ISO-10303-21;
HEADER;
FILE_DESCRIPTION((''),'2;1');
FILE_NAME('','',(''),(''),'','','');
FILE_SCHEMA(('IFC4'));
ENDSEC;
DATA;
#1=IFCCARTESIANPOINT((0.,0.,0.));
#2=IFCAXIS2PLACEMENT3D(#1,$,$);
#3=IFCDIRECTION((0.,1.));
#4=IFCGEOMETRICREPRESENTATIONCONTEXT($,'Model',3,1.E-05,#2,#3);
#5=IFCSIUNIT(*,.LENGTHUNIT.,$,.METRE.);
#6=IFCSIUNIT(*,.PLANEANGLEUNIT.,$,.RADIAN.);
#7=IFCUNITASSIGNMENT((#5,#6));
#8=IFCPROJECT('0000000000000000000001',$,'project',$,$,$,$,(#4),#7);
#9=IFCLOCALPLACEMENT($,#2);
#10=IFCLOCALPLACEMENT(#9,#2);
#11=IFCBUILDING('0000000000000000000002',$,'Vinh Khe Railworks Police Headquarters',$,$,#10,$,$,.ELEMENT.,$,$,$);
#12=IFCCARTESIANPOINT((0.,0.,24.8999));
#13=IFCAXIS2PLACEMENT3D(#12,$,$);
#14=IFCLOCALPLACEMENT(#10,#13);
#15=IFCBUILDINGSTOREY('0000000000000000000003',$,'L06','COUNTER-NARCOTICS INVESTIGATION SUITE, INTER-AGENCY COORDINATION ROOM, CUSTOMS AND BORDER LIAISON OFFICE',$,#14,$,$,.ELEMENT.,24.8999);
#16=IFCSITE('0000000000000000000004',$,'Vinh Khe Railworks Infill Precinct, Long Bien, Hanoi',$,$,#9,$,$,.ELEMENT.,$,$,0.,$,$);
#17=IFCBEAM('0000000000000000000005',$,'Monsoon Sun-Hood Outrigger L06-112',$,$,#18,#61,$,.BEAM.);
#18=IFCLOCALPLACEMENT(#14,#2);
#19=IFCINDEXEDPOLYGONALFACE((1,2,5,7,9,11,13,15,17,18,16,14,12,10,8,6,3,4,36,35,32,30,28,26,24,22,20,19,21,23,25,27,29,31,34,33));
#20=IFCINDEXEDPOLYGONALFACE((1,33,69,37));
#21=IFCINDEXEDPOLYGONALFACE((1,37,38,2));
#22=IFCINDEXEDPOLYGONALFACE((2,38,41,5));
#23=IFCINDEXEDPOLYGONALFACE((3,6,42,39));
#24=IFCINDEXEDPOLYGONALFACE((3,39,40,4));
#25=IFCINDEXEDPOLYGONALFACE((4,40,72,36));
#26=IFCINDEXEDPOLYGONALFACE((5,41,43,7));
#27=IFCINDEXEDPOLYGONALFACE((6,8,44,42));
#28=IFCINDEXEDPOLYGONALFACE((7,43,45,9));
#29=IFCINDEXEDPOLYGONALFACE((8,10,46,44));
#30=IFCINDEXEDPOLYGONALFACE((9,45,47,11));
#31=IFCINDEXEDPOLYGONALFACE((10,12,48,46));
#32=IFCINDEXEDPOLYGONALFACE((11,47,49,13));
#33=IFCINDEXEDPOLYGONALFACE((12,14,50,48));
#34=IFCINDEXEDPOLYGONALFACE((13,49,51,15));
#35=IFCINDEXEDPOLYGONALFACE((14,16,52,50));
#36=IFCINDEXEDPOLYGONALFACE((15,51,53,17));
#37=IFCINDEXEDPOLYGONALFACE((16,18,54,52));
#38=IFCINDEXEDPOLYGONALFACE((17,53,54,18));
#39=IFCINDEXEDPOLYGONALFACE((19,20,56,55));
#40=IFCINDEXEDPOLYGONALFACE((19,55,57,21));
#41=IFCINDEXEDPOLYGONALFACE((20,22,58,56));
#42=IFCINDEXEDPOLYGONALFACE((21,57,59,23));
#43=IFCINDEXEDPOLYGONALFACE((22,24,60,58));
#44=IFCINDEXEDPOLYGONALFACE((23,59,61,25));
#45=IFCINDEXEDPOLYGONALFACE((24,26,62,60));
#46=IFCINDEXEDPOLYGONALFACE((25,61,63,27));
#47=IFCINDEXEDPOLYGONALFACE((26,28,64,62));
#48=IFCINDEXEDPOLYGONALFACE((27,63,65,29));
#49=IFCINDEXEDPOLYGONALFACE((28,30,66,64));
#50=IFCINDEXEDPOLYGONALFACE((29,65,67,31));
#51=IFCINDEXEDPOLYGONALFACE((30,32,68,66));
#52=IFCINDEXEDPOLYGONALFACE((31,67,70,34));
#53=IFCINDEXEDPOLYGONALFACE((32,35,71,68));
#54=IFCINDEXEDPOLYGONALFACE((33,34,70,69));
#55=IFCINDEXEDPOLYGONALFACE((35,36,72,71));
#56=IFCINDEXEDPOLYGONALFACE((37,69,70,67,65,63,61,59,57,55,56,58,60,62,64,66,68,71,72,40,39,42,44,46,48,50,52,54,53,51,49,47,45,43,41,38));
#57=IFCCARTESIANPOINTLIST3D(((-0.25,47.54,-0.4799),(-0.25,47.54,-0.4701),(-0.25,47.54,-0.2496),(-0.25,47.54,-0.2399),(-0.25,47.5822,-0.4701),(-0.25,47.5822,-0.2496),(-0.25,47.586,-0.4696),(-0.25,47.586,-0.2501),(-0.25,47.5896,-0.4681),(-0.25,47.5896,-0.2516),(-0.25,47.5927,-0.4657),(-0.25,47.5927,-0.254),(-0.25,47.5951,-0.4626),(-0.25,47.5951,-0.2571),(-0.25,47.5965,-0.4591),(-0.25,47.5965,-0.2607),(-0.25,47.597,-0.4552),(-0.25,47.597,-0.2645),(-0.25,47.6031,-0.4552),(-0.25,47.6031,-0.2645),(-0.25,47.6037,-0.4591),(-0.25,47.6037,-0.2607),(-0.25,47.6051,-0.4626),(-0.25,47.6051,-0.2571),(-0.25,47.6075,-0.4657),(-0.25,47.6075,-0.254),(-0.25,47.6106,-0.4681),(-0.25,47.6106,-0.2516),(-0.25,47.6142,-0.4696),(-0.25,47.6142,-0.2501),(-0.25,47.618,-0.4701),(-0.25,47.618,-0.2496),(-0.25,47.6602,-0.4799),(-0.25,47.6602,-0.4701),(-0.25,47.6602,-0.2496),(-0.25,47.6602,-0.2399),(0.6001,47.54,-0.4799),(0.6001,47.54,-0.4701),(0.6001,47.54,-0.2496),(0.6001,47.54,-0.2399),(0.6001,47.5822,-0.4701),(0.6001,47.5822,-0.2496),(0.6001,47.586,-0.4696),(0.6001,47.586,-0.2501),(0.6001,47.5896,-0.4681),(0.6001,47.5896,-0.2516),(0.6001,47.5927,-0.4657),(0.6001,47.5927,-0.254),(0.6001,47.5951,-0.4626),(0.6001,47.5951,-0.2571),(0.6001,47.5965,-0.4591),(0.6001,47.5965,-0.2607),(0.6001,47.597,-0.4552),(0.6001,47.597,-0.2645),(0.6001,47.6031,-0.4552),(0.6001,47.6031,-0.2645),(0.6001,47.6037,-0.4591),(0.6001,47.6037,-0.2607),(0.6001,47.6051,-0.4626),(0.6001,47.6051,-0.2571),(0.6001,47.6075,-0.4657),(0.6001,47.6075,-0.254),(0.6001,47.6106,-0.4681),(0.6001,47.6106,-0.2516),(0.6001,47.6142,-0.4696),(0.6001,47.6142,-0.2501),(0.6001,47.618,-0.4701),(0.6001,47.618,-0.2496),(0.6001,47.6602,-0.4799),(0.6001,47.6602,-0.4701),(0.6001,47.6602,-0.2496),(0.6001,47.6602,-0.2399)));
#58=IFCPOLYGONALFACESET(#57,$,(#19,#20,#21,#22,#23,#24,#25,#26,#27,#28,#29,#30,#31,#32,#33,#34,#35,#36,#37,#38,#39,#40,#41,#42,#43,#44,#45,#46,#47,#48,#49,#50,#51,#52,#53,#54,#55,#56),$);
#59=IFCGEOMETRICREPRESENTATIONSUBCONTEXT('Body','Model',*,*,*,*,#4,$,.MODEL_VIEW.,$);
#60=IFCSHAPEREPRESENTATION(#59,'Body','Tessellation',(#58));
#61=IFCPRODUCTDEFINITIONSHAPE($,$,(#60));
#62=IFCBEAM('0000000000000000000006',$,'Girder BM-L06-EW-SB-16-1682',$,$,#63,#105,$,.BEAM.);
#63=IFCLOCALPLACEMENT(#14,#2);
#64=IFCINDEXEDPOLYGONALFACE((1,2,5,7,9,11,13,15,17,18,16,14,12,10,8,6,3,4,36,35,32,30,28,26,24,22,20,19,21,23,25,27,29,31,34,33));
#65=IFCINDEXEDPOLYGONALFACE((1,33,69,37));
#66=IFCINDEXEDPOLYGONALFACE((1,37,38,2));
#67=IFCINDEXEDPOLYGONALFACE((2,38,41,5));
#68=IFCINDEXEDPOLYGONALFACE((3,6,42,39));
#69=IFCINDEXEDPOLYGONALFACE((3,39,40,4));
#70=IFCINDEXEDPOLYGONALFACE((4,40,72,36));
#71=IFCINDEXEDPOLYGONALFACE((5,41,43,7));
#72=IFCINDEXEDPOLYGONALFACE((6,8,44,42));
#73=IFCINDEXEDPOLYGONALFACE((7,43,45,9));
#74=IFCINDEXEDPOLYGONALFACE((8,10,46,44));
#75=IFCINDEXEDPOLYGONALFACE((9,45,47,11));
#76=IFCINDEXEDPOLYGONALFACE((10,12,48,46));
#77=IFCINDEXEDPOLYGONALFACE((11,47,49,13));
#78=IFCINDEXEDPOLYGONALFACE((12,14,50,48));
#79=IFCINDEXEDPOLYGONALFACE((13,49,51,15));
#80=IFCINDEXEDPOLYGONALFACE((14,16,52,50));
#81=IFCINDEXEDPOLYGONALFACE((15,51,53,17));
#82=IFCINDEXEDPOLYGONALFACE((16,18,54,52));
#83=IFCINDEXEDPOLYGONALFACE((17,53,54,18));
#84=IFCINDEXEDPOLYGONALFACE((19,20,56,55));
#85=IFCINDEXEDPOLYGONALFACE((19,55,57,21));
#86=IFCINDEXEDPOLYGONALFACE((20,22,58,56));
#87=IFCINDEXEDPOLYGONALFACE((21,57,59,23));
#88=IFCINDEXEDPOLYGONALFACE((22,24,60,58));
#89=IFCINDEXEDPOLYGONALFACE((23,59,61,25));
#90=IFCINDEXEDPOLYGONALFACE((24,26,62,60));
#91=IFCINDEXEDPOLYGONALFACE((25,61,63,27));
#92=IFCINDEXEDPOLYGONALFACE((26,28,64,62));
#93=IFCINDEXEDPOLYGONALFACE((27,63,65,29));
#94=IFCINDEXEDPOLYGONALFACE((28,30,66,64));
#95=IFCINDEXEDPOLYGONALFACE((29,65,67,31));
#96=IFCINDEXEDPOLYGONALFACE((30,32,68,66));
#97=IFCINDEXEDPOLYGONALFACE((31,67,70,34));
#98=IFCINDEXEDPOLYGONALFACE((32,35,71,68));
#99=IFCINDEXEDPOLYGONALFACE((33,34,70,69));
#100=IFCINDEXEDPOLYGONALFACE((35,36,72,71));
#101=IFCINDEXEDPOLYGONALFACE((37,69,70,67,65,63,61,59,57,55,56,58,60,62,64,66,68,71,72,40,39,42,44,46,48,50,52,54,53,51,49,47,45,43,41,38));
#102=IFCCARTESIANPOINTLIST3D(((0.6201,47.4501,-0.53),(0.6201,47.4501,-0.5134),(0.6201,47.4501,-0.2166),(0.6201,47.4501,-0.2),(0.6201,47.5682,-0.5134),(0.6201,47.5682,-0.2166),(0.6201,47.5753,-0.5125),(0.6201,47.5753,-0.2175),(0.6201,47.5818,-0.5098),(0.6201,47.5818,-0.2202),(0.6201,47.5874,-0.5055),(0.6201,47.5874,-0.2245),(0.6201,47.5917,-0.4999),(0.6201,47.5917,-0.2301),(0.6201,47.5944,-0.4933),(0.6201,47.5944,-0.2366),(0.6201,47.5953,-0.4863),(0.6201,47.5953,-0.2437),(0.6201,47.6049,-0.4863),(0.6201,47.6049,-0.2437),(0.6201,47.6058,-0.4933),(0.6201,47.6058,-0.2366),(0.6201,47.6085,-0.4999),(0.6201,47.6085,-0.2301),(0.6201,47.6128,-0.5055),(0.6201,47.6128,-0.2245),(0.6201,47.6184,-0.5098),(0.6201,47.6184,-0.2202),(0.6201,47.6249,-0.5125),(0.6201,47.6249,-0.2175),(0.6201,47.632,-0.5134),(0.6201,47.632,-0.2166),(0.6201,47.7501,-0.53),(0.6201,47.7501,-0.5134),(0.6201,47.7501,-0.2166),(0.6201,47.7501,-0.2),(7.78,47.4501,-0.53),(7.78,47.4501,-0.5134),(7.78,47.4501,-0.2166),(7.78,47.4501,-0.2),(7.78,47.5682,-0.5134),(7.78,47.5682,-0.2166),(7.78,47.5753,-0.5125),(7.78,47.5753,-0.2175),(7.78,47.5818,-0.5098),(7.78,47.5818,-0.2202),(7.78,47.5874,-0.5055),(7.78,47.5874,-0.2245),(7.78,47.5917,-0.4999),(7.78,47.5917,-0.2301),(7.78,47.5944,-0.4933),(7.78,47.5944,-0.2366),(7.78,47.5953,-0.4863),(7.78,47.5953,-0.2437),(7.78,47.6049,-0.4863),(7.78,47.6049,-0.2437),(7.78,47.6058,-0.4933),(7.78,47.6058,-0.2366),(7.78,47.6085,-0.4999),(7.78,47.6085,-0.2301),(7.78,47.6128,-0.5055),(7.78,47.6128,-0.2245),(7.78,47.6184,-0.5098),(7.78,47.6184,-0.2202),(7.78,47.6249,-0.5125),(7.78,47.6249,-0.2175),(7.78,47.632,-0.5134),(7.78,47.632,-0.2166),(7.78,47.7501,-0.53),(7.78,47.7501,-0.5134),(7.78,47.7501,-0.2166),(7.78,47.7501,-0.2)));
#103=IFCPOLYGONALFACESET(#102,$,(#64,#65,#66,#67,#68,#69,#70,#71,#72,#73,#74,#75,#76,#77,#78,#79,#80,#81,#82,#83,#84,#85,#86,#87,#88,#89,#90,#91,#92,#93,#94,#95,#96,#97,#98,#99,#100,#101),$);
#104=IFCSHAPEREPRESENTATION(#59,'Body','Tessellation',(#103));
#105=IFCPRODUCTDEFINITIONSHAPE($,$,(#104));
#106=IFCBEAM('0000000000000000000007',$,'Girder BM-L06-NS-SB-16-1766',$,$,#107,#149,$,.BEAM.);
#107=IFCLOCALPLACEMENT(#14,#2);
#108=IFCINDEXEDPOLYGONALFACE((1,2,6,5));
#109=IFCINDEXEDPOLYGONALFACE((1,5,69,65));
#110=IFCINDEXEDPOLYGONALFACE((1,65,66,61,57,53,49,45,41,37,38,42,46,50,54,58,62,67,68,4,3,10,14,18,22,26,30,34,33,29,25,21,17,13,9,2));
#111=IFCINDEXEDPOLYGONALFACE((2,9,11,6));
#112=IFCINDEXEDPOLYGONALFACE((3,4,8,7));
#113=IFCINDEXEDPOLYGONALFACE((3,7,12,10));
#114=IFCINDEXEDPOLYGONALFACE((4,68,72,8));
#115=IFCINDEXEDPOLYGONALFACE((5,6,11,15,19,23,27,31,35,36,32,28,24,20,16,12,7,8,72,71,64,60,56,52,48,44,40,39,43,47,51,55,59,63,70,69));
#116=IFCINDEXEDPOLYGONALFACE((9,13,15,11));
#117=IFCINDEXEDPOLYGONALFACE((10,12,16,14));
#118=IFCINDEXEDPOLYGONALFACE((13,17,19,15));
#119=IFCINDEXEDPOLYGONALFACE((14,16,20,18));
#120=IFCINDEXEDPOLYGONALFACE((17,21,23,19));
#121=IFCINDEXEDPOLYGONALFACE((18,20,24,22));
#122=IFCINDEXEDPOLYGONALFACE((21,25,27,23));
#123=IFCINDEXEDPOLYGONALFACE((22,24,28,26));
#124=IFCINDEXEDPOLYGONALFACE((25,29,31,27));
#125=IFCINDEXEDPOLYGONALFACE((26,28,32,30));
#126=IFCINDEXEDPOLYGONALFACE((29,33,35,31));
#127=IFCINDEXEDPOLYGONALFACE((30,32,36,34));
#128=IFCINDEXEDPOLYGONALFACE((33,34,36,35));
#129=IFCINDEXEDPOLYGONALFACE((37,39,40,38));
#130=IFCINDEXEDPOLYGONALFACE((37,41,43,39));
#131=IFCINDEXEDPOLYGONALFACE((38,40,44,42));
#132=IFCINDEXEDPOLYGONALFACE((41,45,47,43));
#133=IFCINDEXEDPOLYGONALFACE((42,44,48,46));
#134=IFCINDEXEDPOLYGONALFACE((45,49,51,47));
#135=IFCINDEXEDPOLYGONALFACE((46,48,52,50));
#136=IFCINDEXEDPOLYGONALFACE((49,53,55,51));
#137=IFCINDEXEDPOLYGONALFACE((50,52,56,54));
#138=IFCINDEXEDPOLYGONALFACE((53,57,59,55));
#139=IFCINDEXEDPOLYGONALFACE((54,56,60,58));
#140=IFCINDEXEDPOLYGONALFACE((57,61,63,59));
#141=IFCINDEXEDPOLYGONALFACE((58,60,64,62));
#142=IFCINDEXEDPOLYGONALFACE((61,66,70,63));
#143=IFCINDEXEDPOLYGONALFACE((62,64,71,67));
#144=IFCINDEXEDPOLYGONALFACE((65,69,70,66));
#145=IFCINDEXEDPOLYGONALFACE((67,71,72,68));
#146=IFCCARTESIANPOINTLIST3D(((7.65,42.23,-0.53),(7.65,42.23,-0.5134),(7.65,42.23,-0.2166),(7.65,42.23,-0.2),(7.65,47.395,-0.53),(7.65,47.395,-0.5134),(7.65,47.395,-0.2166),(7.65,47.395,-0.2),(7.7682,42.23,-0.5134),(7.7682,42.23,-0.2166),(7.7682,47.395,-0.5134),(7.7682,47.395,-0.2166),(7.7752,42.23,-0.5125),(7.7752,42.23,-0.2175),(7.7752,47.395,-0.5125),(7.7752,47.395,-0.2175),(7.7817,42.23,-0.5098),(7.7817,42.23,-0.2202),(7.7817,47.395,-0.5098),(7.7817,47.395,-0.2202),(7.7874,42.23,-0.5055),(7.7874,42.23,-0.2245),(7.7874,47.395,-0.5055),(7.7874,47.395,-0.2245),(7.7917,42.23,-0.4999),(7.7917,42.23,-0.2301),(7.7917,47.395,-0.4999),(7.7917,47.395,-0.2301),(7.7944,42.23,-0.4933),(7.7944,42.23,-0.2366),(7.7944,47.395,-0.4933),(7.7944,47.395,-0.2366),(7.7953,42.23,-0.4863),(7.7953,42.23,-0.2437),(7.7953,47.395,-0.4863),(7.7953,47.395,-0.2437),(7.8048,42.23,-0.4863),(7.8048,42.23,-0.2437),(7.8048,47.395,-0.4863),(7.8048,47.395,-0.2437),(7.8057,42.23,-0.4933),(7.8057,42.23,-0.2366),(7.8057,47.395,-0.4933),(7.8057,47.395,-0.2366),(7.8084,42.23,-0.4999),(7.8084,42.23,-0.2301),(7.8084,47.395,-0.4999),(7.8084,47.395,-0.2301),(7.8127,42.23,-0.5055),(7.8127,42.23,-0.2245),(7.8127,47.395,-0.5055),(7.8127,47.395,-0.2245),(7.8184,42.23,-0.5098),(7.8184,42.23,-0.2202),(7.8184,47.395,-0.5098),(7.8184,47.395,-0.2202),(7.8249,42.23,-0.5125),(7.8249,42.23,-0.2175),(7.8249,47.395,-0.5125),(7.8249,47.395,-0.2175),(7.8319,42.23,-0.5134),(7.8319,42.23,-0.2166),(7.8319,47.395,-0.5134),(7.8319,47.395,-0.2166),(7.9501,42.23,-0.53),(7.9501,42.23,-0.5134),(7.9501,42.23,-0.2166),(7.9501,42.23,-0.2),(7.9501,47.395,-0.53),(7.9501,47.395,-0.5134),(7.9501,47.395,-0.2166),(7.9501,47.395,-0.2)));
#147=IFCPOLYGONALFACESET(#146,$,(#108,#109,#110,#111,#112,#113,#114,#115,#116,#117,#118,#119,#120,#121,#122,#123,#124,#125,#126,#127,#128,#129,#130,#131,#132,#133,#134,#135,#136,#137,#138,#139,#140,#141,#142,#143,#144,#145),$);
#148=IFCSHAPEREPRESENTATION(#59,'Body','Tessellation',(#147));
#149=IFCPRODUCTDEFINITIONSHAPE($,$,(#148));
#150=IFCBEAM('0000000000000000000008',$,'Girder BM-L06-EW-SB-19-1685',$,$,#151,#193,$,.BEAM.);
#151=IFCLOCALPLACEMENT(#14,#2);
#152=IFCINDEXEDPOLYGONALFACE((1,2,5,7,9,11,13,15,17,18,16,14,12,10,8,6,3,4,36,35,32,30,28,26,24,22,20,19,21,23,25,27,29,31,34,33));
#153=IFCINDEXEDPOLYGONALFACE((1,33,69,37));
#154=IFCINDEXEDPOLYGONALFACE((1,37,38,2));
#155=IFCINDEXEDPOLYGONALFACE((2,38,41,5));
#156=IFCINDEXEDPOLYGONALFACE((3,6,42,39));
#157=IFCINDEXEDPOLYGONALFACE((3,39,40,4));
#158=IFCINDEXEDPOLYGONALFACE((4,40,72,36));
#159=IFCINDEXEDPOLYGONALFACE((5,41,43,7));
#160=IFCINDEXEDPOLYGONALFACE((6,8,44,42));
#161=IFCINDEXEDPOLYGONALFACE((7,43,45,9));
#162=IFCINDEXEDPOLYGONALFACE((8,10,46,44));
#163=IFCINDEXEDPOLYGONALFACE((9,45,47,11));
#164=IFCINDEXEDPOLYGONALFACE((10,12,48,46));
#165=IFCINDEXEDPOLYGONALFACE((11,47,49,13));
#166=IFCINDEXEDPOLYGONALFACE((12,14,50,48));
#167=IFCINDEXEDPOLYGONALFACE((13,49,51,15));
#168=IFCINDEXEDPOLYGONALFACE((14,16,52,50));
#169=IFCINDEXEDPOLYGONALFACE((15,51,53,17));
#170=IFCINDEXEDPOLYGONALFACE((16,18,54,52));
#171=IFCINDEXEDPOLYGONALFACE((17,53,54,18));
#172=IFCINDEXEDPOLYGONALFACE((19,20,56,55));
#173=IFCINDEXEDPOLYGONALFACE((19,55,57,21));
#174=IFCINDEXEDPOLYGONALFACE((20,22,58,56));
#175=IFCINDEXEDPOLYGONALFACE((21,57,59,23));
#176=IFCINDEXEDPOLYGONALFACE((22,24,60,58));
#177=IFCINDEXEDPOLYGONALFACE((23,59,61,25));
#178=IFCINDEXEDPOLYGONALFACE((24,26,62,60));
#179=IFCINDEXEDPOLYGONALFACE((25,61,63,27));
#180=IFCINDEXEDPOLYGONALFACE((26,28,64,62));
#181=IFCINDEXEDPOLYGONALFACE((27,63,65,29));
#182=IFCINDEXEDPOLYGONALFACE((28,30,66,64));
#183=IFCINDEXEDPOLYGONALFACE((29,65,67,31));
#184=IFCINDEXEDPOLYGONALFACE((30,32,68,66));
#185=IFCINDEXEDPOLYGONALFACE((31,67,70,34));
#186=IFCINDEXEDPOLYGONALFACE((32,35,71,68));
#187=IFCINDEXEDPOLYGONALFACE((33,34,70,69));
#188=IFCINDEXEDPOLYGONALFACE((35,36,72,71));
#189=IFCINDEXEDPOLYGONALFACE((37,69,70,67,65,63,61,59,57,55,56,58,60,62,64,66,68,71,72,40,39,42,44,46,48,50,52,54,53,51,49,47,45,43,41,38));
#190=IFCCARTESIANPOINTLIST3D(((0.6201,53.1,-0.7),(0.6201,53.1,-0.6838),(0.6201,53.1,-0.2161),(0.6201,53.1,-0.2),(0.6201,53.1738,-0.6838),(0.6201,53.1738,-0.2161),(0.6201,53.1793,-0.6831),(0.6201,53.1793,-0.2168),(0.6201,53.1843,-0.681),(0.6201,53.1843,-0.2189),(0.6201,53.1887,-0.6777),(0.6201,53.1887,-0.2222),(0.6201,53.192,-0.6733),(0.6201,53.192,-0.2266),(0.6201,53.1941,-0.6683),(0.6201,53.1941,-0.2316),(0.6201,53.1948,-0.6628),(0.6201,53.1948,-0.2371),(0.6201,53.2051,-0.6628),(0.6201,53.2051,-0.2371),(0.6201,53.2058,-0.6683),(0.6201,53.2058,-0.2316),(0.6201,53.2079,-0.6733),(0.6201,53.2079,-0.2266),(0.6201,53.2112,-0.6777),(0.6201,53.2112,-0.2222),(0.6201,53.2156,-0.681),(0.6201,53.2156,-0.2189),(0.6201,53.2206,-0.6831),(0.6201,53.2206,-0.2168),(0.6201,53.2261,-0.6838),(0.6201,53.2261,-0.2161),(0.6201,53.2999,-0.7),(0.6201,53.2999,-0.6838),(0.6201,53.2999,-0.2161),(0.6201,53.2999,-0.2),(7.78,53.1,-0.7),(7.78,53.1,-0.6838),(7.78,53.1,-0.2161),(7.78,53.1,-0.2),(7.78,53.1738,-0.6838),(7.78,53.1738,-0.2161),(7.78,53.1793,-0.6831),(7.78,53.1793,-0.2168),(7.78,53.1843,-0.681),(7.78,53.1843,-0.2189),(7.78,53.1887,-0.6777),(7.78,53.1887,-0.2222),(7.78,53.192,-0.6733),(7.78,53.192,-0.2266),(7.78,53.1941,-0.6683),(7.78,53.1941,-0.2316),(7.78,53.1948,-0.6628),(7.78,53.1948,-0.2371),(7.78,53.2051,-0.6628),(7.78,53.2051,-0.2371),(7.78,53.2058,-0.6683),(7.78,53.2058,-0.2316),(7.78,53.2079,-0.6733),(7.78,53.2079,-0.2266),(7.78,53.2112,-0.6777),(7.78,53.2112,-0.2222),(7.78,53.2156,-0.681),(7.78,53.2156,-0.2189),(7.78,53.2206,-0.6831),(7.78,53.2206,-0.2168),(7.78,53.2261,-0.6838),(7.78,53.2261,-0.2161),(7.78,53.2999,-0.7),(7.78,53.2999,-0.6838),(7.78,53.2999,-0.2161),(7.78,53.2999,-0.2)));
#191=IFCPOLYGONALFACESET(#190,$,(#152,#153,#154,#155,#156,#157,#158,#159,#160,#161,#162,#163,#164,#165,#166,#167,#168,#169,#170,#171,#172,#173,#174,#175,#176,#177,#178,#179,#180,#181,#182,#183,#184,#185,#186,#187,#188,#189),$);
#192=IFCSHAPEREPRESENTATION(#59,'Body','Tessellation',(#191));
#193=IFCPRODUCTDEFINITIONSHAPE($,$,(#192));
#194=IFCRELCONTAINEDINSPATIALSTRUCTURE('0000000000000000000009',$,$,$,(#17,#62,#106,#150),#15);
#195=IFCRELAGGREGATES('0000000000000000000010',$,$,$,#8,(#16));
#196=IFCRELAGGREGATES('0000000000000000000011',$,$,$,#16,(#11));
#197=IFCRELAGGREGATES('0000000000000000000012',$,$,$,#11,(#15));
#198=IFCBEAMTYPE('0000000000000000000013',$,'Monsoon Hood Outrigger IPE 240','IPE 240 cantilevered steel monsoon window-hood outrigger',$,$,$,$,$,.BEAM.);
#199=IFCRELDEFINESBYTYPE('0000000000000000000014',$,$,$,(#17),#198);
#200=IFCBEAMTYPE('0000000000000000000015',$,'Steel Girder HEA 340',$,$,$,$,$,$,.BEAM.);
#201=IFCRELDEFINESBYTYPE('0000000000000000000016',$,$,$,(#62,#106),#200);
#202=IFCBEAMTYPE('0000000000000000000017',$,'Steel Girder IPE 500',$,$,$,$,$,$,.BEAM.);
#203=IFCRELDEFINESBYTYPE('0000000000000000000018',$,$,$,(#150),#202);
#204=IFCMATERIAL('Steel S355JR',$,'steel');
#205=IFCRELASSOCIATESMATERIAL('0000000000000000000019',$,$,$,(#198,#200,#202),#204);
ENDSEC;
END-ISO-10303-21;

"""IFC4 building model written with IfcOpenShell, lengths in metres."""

from ifc_helpers import new_model, si_unit, direction, frame, origin, origin_2d, place, context, subcontext, project, spatial, i_section, extrude, material, material_profile, profile_set, type_object, element, save


model = new_model("IFC4")

# Units and contexts
model_context = context("Model", 3, precision=1e-05, world=origin(), true_north=direction((0.0, 1.0)))
body_context = subcontext(model_context, "Body", "Model", "MODEL_VIEW")
ifc_project = project(units=[si_unit("LENGTHUNIT", "METRE"), si_unit("PLANEANGLEUNIT", "RADIAN")], contexts=[model_context])

# Site, building, storey
site_placement = place(None, origin())
site = spatial("IfcSite", under=ifc_project, at=site_placement, Name="Vinh Khe Railworks Infill Precinct, Long Bien, Hanoi", CompositionType="ELEMENT", RefElevation=0.0)
building_placement = place(site_placement, origin())
building = spatial("IfcBuilding", under=site, at=building_placement, Name="Vinh Khe Railworks Police Headquarters", CompositionType="ELEMENT")
storey_placement = place(building_placement, frame((0.0, 0.0, 24.8999)))
storey = spatial("IfcBuildingStorey", under=building, at=storey_placement, Name="L06", Description="COUNTER-NARCOTICS INVESTIGATION SUITE, INTER-AGENCY COORDINATION ROOM, CUSTOMS AND BORDER LIAISON OFFICE", CompositionType="ELEMENT", Elevation=24.8999)

# Shared definitions
ifc_material_1 = material(Name="Steel S355JR", Category="steel")

# Beams
ifc_material_profile_1 = material_profile(ifc_material_1, i_section(OverallWidth=0.1201, OverallDepth=0.24, WebThickness=0.0061, FlangeThickness=0.0098, FilletRadius=0.0149, at=origin_2d()), Name="IPE 240")
ifc_profile_set_1 = profile_set([ifc_material_profile_1], Name="Steel S355JR")
beam_type_1 = type_object("IfcBeamType", Name="Monsoon Hood Outrigger IPE 240", Description="IPE 240 cantilevered steel monsoon window-hood outrigger", PredefinedType="BEAM", material=ifc_profile_set_1)
beam_1_placement = place(storey_placement, frame((-0.25, 47.6001, -0.3599), z_axis=(1.0, 0.0, 0.0), x_axis=(0.0, 1.0, 0.0)))
element("IfcBeam", 1, at=beam_1_placement, inside=storey, type_object=beam_type_1, Name="Monsoon Sun-Hood Outrigger L06-112", PredefinedType="BEAM", context=body_context, shape_type="SweptSolid", body=[
    extrude(i_section(OverallWidth=0.1201, OverallDepth=0.24, WebThickness=0.0061, FlangeThickness=0.0098, FilletRadius=0.0149, at=origin_2d()), origin(), (0.0, 0.0, 1.0), 0.8501),
])
ifc_material_profile_2 = material_profile(ifc_material_1, i_section(OverallWidth=0.3, OverallDepth=0.3301, WebThickness=0.0095, FlangeThickness=0.0166, FilletRadius=0.0271, at=origin_2d()), Name="HEA 340")
ifc_profile_set_2 = profile_set([ifc_material_profile_2], Name="Steel S355JR")
beam_type_2 = type_object("IfcBeamType", Name="Steel Girder HEA 340", PredefinedType="BEAM", material=ifc_profile_set_2)
beam_2_placement = place(storey_placement, frame((0.6201, 47.6001, -0.365), z_axis=(1.0, 0.0, 0.0), x_axis=(0.0, 1.0, 0.0)))
element("IfcBeam", 2, at=beam_2_placement, inside=storey, type_object=beam_type_2, Name="Girder BM-L06-EW-SB-16-1682", PredefinedType="BEAM", context=body_context, shape_type="SweptSolid", body=[
    extrude(i_section(OverallWidth=0.3, OverallDepth=0.3301, WebThickness=0.0095, FlangeThickness=0.0166, FilletRadius=0.0271, at=origin_2d()), origin(), (0.0, 0.0, 1.0), 7.1599),
])
beam_3_placement = place(storey_placement, frame((7.8, 42.23, -0.365), z_axis=(0.0, 1.0, 0.0), x_axis=(-1.0, 0.0, 0.0)))
element("IfcBeam", 3, at=beam_3_placement, inside=storey, type_object=beam_type_2, Name="Girder BM-L06-NS-SB-16-1766", PredefinedType="BEAM", context=body_context, shape_type="SweptSolid", body=[
    extrude(i_section(OverallWidth=0.3, OverallDepth=0.3301, WebThickness=0.0095, FlangeThickness=0.0166, FilletRadius=0.0271, at=origin_2d()), origin(), (0.0, 0.0, 1.0), 5.165),
])
ifc_material_profile_3 = material_profile(ifc_material_1, i_section(OverallWidth=0.2, OverallDepth=0.5, WebThickness=0.0103, FlangeThickness=0.0161, FilletRadius=0.021, at=origin_2d()), Name="IPE 500")
ifc_profile_set_3 = profile_set([ifc_material_profile_3], Name="Steel S355JR")
beam_type_3 = type_object("IfcBeamType", Name="Steel Girder IPE 500", PredefinedType="BEAM", material=ifc_profile_set_3)
beam_4_placement = place(storey_placement, frame((0.6201, 53.2, -0.45), z_axis=(1.0, 0.0, 0.0), x_axis=(0.0, 1.0, 0.0)))
element("IfcBeam", 4, at=beam_4_placement, inside=storey, type_object=beam_type_3, Name="Girder BM-L06-EW-SB-19-1685", PredefinedType="BEAM", context=body_context, shape_type="SweptSolid", body=[
    extrude(i_section(OverallWidth=0.2, OverallDepth=0.5, WebThickness=0.0103, FlangeThickness=0.0161, FilletRadius=0.021, at=origin_2d()), origin(), (0.0, 0.0, 1.0), 7.1599),
])

save(model, "model.ifc")
